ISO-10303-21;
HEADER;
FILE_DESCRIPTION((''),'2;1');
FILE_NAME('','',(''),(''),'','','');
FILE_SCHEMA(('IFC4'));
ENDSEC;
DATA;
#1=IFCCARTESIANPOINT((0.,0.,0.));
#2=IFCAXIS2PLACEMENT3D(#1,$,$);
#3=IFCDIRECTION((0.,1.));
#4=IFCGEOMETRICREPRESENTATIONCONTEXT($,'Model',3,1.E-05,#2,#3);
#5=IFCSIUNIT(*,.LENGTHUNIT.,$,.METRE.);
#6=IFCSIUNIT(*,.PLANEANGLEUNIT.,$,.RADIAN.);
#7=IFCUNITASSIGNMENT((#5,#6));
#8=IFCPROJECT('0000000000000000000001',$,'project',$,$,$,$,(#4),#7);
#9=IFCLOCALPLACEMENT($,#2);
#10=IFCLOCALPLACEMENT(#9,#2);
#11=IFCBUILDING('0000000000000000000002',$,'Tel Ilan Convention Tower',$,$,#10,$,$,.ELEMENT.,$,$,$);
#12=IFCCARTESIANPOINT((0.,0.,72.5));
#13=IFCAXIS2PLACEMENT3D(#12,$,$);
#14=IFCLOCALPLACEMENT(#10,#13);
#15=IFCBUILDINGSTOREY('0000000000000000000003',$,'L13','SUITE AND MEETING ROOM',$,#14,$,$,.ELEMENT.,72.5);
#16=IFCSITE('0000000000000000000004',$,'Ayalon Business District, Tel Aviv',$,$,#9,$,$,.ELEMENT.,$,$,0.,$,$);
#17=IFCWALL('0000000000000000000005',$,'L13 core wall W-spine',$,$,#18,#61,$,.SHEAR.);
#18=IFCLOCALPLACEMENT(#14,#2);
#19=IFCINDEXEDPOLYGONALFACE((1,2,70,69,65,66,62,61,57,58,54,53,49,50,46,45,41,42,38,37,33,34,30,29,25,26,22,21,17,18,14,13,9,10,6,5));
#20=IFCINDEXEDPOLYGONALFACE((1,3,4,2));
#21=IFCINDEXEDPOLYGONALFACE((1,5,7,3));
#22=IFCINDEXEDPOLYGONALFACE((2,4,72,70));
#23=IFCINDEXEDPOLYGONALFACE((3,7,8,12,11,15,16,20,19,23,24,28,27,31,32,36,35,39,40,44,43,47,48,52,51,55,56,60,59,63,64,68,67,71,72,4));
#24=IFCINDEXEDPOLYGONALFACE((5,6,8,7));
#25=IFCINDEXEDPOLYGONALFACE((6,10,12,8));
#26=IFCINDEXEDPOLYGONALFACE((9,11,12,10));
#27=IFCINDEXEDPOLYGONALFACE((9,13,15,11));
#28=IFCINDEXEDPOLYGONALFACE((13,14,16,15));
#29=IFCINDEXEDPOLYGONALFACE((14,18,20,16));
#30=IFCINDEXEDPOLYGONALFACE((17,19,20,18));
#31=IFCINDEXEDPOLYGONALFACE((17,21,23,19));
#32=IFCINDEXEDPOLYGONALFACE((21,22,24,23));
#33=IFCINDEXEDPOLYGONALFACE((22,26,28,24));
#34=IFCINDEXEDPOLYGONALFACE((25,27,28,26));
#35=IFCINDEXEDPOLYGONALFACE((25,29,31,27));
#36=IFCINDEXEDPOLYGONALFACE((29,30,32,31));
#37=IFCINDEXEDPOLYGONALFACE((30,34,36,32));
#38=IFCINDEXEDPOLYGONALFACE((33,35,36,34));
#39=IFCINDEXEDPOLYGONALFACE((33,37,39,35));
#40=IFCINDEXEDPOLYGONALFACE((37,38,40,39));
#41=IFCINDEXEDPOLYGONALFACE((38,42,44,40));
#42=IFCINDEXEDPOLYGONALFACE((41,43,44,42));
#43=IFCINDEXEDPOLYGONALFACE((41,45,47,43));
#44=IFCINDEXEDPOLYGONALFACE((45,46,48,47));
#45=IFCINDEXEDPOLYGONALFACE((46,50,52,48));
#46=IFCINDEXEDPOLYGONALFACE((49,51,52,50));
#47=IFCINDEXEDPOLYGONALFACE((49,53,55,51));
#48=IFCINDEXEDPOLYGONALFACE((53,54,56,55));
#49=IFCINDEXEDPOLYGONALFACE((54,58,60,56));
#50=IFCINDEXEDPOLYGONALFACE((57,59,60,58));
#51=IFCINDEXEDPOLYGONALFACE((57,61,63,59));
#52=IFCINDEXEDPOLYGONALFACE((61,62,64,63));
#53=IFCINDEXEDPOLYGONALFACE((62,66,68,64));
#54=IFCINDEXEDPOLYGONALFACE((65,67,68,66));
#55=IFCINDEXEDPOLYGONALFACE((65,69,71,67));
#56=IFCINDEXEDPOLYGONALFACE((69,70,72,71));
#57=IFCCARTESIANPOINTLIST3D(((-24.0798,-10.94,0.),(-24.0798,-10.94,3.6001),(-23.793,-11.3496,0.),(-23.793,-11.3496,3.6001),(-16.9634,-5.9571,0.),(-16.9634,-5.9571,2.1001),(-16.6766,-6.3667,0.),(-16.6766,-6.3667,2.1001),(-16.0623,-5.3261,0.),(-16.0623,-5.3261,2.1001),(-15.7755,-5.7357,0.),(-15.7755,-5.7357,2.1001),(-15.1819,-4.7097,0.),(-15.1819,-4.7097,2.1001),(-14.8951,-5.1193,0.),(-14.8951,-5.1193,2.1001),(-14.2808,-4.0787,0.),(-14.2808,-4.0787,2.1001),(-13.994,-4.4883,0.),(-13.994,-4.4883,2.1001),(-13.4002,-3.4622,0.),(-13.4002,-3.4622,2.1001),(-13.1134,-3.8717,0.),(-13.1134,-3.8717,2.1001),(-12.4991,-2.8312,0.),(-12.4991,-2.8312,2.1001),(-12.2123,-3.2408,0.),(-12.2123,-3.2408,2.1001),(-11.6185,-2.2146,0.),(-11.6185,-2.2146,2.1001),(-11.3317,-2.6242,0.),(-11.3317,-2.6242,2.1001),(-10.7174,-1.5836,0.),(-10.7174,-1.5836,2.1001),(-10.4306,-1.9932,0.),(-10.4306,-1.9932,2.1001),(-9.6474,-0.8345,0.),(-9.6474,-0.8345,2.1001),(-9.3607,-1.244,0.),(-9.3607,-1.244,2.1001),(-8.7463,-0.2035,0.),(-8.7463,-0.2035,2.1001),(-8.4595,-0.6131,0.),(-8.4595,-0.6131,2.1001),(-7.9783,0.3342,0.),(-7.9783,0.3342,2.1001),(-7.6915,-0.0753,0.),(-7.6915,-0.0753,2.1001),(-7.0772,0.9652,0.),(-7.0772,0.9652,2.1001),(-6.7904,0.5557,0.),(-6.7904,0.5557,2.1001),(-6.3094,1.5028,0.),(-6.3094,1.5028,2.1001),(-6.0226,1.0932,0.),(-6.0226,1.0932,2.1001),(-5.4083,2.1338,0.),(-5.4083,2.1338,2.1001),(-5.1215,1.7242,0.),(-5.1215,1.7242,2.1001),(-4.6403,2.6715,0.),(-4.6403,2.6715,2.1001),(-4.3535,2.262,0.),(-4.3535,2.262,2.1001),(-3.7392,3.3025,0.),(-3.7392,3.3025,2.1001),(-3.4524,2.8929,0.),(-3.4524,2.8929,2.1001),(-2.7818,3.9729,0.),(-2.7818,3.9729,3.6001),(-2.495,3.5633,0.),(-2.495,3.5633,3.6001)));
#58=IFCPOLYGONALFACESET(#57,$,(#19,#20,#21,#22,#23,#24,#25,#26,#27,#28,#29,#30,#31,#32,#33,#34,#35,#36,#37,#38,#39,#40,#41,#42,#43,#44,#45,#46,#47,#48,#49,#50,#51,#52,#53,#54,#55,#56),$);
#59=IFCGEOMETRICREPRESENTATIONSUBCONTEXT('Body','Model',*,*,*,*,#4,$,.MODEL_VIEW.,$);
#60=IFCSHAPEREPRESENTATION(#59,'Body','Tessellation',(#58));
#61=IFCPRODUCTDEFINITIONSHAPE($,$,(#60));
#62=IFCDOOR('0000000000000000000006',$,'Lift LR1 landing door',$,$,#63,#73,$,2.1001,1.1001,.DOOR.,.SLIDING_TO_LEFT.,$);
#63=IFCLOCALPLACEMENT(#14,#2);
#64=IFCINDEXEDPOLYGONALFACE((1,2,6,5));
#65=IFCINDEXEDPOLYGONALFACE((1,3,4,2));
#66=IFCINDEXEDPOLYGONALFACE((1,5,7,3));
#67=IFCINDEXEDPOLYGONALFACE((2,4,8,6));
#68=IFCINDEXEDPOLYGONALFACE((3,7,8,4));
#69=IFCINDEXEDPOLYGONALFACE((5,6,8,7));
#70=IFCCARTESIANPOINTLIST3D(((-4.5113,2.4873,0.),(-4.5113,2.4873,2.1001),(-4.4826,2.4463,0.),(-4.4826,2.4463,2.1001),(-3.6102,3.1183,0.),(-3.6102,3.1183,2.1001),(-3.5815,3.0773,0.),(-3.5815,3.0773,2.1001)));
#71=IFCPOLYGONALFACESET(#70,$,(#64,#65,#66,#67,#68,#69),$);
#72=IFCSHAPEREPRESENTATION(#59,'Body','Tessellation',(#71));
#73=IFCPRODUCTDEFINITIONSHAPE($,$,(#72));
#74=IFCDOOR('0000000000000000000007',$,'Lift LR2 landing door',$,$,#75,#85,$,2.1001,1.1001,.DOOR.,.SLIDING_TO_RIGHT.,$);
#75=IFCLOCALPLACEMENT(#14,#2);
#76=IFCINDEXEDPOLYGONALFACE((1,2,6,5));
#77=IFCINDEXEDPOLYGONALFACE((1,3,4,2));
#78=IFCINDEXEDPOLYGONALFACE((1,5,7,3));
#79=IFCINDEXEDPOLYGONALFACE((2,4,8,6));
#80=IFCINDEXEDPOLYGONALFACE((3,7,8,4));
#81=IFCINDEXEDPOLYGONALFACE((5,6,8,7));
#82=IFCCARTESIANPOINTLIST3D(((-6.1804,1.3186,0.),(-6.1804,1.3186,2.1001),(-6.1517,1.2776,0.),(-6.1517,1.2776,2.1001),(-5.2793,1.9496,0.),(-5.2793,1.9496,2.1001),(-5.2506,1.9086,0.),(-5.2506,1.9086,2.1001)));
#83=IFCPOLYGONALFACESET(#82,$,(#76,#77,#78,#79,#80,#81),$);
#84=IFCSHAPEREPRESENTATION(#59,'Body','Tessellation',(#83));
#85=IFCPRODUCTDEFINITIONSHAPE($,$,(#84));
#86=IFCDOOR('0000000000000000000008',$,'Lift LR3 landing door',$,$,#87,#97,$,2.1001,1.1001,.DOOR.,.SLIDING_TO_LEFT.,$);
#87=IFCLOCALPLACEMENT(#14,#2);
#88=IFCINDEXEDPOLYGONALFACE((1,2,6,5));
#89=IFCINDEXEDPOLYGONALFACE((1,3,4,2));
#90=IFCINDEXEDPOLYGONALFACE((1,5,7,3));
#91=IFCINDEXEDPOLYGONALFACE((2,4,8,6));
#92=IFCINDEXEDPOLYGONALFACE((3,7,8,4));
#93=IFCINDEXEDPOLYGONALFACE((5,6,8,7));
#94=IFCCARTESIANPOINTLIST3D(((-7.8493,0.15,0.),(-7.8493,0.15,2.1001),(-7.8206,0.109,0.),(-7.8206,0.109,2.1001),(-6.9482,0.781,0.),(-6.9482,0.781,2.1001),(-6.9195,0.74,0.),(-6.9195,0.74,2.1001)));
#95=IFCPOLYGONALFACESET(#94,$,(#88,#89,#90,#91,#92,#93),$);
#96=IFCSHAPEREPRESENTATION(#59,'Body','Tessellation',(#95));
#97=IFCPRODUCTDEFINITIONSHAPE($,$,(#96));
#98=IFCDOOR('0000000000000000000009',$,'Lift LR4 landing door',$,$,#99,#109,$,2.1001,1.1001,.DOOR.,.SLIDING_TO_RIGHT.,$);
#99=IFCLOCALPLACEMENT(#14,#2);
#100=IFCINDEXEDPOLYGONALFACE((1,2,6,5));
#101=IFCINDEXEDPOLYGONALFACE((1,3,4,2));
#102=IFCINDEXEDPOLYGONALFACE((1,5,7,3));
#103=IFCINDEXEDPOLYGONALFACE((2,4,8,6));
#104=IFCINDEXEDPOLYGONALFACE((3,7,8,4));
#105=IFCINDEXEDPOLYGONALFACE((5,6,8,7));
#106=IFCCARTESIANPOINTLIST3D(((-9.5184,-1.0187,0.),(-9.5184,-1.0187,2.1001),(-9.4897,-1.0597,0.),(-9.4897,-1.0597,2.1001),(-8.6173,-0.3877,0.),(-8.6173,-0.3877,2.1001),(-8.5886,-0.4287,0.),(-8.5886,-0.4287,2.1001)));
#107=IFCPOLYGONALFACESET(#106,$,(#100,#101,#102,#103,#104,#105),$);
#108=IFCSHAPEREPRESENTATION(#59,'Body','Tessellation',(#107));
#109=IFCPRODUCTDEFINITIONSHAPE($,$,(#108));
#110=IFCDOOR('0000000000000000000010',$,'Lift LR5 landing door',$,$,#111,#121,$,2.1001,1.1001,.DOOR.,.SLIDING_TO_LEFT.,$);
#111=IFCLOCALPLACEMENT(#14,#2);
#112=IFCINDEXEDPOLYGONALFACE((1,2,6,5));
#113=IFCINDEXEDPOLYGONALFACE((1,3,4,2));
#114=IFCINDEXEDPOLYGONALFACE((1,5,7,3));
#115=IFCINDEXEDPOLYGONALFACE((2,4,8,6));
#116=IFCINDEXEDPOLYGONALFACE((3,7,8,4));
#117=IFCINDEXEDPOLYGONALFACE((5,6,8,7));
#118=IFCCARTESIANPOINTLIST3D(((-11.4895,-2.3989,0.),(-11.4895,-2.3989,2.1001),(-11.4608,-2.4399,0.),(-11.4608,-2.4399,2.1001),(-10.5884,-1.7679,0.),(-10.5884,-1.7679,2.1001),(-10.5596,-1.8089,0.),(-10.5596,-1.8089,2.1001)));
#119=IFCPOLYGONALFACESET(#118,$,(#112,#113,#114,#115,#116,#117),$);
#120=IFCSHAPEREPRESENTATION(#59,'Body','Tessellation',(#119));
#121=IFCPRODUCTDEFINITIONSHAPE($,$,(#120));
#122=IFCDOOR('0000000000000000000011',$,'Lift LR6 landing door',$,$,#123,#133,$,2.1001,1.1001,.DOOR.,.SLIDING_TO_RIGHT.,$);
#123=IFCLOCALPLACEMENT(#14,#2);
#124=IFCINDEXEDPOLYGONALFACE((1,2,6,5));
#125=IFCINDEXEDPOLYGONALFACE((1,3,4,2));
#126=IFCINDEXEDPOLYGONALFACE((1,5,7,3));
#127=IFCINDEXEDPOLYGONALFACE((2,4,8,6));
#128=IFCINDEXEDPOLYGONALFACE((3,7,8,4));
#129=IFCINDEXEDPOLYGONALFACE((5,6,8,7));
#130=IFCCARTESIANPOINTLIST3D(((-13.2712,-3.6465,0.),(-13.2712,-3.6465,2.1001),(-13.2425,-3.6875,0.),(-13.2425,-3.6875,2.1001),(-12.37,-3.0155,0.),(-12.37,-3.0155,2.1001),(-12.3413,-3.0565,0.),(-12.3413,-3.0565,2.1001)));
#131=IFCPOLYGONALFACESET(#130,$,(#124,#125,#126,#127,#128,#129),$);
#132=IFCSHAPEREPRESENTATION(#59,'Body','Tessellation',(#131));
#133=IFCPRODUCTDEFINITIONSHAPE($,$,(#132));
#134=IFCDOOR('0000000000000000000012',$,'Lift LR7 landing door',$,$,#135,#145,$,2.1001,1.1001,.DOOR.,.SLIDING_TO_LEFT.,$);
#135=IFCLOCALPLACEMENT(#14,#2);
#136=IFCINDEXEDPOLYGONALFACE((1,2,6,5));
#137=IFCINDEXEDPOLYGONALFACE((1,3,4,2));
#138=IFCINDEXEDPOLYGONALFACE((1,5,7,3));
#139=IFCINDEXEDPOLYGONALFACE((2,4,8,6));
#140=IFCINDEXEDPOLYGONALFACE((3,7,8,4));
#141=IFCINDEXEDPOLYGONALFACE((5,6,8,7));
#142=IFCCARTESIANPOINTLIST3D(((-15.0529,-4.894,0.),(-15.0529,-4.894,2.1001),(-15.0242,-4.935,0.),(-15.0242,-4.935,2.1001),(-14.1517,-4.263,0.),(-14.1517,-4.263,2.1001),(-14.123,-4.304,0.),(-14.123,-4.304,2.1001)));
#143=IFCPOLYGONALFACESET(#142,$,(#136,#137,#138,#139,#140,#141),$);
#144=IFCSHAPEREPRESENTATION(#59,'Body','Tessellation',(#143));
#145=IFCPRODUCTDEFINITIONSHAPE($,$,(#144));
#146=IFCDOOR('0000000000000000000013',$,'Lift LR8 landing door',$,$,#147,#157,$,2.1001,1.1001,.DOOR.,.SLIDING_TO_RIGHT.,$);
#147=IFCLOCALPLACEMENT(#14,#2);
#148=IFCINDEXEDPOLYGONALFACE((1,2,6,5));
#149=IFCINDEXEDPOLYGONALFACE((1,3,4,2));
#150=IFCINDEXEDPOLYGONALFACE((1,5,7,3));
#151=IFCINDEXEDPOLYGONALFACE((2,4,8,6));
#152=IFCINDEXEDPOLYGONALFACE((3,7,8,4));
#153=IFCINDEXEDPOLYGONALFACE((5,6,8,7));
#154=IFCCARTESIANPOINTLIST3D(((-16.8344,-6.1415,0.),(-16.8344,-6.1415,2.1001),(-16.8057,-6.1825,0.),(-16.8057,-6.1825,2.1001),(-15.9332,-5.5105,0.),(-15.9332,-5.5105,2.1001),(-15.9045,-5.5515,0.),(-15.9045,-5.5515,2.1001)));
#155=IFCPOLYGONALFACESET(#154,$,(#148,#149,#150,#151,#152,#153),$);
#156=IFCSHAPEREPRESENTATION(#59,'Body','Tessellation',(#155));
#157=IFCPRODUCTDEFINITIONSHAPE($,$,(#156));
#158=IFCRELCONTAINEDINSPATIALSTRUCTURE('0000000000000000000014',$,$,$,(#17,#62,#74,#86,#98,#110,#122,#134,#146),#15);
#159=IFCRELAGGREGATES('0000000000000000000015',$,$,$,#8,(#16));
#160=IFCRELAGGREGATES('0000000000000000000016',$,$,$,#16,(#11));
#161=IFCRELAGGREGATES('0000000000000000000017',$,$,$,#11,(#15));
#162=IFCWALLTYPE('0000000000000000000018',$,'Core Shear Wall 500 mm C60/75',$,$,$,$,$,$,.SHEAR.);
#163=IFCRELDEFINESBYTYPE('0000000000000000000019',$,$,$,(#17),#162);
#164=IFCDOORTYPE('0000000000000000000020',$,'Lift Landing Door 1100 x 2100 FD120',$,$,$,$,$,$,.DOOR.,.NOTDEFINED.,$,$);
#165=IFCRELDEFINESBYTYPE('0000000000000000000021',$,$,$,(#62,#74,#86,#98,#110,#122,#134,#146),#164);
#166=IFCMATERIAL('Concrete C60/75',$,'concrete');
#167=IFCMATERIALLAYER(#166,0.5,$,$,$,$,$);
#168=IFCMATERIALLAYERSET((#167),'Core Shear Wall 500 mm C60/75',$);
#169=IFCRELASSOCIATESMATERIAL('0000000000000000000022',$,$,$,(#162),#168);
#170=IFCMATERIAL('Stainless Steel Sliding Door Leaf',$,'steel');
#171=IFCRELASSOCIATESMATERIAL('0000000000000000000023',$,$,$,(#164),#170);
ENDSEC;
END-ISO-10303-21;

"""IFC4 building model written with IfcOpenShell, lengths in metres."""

from ifc_helpers import new_model, si_unit, direction, frame, frame_2d, origin, place, context, subcontext, project, spatial, polyline, rectangle, outline, extrude, material, layer, layer_set, type_object, element, fill, save


model = new_model("IFC4")

# Units and contexts
model_context = context("Model", 3, precision=1e-05, world=origin(), true_north=direction((0.0, 1.0)))
body_context = subcontext(model_context, "Body", "Model", "MODEL_VIEW")
ifc_project = project(units=[si_unit("LENGTHUNIT", "METRE"), si_unit("PLANEANGLEUNIT", "RADIAN")], contexts=[model_context])

# Site, building, storey
site_placement = place(None, origin())
site = spatial("IfcSite", under=ifc_project, at=site_placement, Name="Ayalon Business District, Tel Aviv", CompositionType="ELEMENT", RefElevation=0.0)
building_placement = place(site_placement, origin())
building = spatial("IfcBuilding", under=site, at=building_placement, Name="Tel Ilan Convention Tower", CompositionType="ELEMENT")
storey_placement = place(building_placement, frame((0.0, 0.0, 72.5)))
storey = spatial("IfcBuildingStorey", under=building, at=storey_placement, Name="L13", Description="SUITE AND MEETING ROOM", CompositionType="ELEMENT", Elevation=72.5)

# Wall, openings, doors
ifc_material_1 = material(Name="Concrete C60/75", Category="concrete")
ifc_layer_1 = layer(ifc_material_1, 0.5)
ifc_layer_set_1 = layer_set([ifc_layer_1], Name="Core Shear Wall 500 mm C60/75")
wall_type_1 = type_object("IfcWallType", Name="Core Shear Wall 500 mm C60/75", PredefinedType="SHEAR", material=ifc_layer_set_1)
wall_1_placement = place(storey_placement, frame((-2.6384, 3.7681, 0.0), z_axis=(0.0, 0.0, 1.0), x_axis=(-0.819149, -0.573581, 0.0)))
wall_1 = element("IfcWall", 1, at=wall_1_placement, inside=storey, type_object=wall_type_1, Name="L13 core wall W-spine", PredefinedType="SHEAR", context=body_context, shape_type="SweptSolid", body=[
    extrude(outline(polyline([(26.0, 0.2498), (0.0, 0.25), (0.0, -0.25), (26.0, -0.2502), (26.0, 0.2498)])), origin(), (0.0, 0.0, 1.0), 3.6001),
])
opening_1_placement = place(wall_1_placement, frame((1.1687, 0.0, 0.0)))
opening_1 = element("IfcOpeningElement", 2, at=opening_1_placement, cuts=wall_1, PredefinedType="OPENING", context=body_context, shape_type="SweptSolid", body=[
    extrude(rectangle(XDim=1.1001, YDim=2.1001, at=frame_2d((0.55, 1.05))), frame((0.0, 0.26, 0.0), z_axis=(0.0, -1.0, 0.0), x_axis=(1.0, 0.0, 0.0)), (0.0, 0.0, 1.0), 0.52),
])
opening_2_placement = place(wall_1_placement, frame((3.2063, 0.0, 0.0)))
opening_2 = element("IfcOpeningElement", 3, at=opening_2_placement, cuts=wall_1, PredefinedType="OPENING", context=body_context, shape_type="SweptSolid", body=[
    extrude(rectangle(XDim=1.1001, YDim=2.1001, at=frame_2d((0.55, 1.05))), frame((0.0, 0.26, 0.0), z_axis=(0.0, -1.0, 0.0), x_axis=(1.0, 0.0, 0.0)), (0.0, 0.0, 1.0), 0.52),
])
opening_3_placement = place(wall_1_placement, frame((5.2437, 0.0, 0.0)))
opening_3 = element("IfcOpeningElement", 4, at=opening_3_placement, cuts=wall_1, PredefinedType="OPENING", context=body_context, shape_type="SweptSolid", body=[
    extrude(rectangle(XDim=1.1001, YDim=2.1001, at=frame_2d((0.55, 1.05))), frame((0.0, 0.26, 0.0), z_axis=(0.0, -1.0, 0.0), x_axis=(1.0, 0.0, 0.0)), (0.0, 0.0, 1.0), 0.52),
])
opening_4_placement = place(wall_1_placement, frame((7.2812, 0.0, 0.0)))
opening_4 = element("IfcOpeningElement", 5, at=opening_4_placement, cuts=wall_1, PredefinedType="OPENING", context=body_context, shape_type="SweptSolid", body=[
    extrude(rectangle(XDim=1.1001, YDim=2.1001, at=frame_2d((0.55, 1.05))), frame((0.0, 0.26, 0.0), z_axis=(0.0, -1.0, 0.0), x_axis=(1.0, 0.0, 0.0)), (0.0, 0.0, 1.0), 0.52),
])
opening_5_placement = place(wall_1_placement, frame((9.6875, 0.0, 0.0)))
opening_5 = element("IfcOpeningElement", 6, at=opening_5_placement, cuts=wall_1, PredefinedType="OPENING", context=body_context, shape_type="SweptSolid", body=[
    extrude(rectangle(XDim=1.1001, YDim=2.1001, at=frame_2d((0.55, 1.05))), frame((0.0, 0.26, 0.0), z_axis=(0.0, -1.0, 0.0), x_axis=(1.0, 0.0, 0.0)), (0.0, 0.0, 1.0), 0.52),
])
opening_6_placement = place(wall_1_placement, frame((11.8625, 0.0, 0.0)))
opening_6 = element("IfcOpeningElement", 7, at=opening_6_placement, cuts=wall_1, PredefinedType="OPENING", context=body_context, shape_type="SweptSolid", body=[
    extrude(rectangle(XDim=1.1001, YDim=2.1001, at=frame_2d((0.55, 1.05))), frame((0.0, 0.26, 0.0), z_axis=(0.0, -1.0, 0.0), x_axis=(1.0, 0.0, 0.0)), (0.0, 0.0, 1.0), 0.52),
])
opening_7_placement = place(wall_1_placement, frame((14.0376, 0.0, 0.0)))
opening_7 = element("IfcOpeningElement", 8, at=opening_7_placement, cuts=wall_1, PredefinedType="OPENING", context=body_context, shape_type="SweptSolid", body=[
    extrude(rectangle(XDim=1.1001, YDim=2.1001, at=frame_2d((0.55, 1.05))), frame((0.0, 0.26, 0.0), z_axis=(0.0, -1.0, 0.0), x_axis=(1.0, 0.0, 0.0)), (0.0, 0.0, 1.0), 0.52),
])
opening_8_placement = place(wall_1_placement, frame((16.2124, 0.0, 0.0)))
opening_8 = element("IfcOpeningElement", 9, at=opening_8_placement, cuts=wall_1, PredefinedType="OPENING", context=body_context, shape_type="SweptSolid", body=[
    extrude(rectangle(XDim=1.1001, YDim=2.1001, at=frame_2d((0.55, 1.05))), frame((0.0, 0.26, 0.0), z_axis=(0.0, -1.0, 0.0), x_axis=(1.0, 0.0, 0.0)), (0.0, 0.0, 1.0), 0.52),
])
ifc_material_2 = material(Name="Stainless Steel Sliding Door Leaf", Category="steel")
door_type = type_object("IfcDoorType", Name="Lift Landing Door 1100 x 2100 FD120", OperationType="NOTDEFINED", PredefinedType="DOOR", material=ifc_material_2)
door_1_placement = place(opening_1_placement, origin())
door_1 = element("IfcDoor", 10, at=door_1_placement, inside=storey, type_object=door_type, Name="Lift LR1 landing door", OperationType="SLIDING_TO_LEFT", OverallHeight=2.1001, OverallWidth=1.1001, PredefinedType="DOOR", context=body_context, shape_type="SweptSolid", body=[
    extrude(rectangle(XDim=1.1001, YDim=2.1001, at=frame_2d((0.55, 1.05))), frame((0.0, 0.0249, 0.0), z_axis=(0.0, -1.0, 0.0), x_axis=(1.0, 0.0, 0.0)), (0.0, 0.0, 1.0), 0.05),
])
fill(opening_1, door_1)
door_2_placement = place(opening_2_placement, origin())
door_2 = element("IfcDoor", 11, at=door_2_placement, inside=storey, type_object=door_type, Name="Lift LR2 landing door", OperationType="SLIDING_TO_RIGHT", OverallHeight=2.1001, OverallWidth=1.1001, PredefinedType="DOOR", context=body_context, shape_type="SweptSolid", body=[
    extrude(rectangle(XDim=1.1001, YDim=2.1001, at=frame_2d((0.55, 1.05))), frame((0.0, 0.0249, 0.0), z_axis=(0.0, -1.0, 0.0), x_axis=(1.0, 0.0, 0.0)), (0.0, 0.0, 1.0), 0.05),
])
fill(opening_2, door_2)
door_3_placement = place(opening_3_placement, origin())
door_3 = element("IfcDoor", 12, at=door_3_placement, inside=storey, type_object=door_type, Name="Lift LR3 landing door", OperationType="SLIDING_TO_LEFT", OverallHeight=2.1001, OverallWidth=1.1001, PredefinedType="DOOR", context=body_context, shape_type="SweptSolid", body=[
    extrude(rectangle(XDim=1.1001, YDim=2.1001, at=frame_2d((0.55, 1.05))), frame((0.0, 0.0249, 0.0), z_axis=(0.0, -1.0, 0.0), x_axis=(1.0, 0.0, 0.0)), (0.0, 0.0, 1.0), 0.05),
])
fill(opening_3, door_3)
door_4_placement = place(opening_4_placement, origin())
door_4 = element("IfcDoor", 13, at=door_4_placement, inside=storey, type_object=door_type, Name="Lift LR4 landing door", OperationType="SLIDING_TO_RIGHT", OverallHeight=2.1001, OverallWidth=1.1001, PredefinedType="DOOR", context=body_context, shape_type="SweptSolid", body=[
    extrude(rectangle(XDim=1.1001, YDim=2.1001, at=frame_2d((0.55, 1.05))), frame((0.0, 0.0249, 0.0), z_axis=(0.0, -1.0, 0.0), x_axis=(1.0, 0.0, 0.0)), (0.0, 0.0, 1.0), 0.05),
])
fill(opening_4, door_4)
door_5_placement = place(opening_5_placement, origin())
door_5 = element("IfcDoor", 14, at=door_5_placement, inside=storey, type_object=door_type, Name="Lift LR5 landing door", OperationType="SLIDING_TO_LEFT", OverallHeight=2.1001, OverallWidth=1.1001, PredefinedType="DOOR", context=body_context, shape_type="SweptSolid", body=[
    extrude(rectangle(XDim=1.1001, YDim=2.1001, at=frame_2d((0.55, 1.05))), frame((0.0, 0.0249, 0.0), z_axis=(0.0, -1.0, 0.0), x_axis=(1.0, 0.0, 0.0)), (0.0, 0.0, 1.0), 0.05),
])
fill(opening_5, door_5)
door_6_placement = place(opening_6_placement, origin())
door_6 = element("IfcDoor", 15, at=door_6_placement, inside=storey, type_object=door_type, Name="Lift LR6 landing door", OperationType="SLIDING_TO_RIGHT", OverallHeight=2.1001, OverallWidth=1.1001, PredefinedType="DOOR", context=body_context, shape_type="SweptSolid", body=[
    extrude(rectangle(XDim=1.1001, YDim=2.1001, at=frame_2d((0.55, 1.05))), frame((0.0, 0.0249, 0.0), z_axis=(0.0, -1.0, 0.0), x_axis=(1.0, 0.0, 0.0)), (0.0, 0.0, 1.0), 0.05),
])
fill(opening_6, door_6)
door_7_placement = place(opening_7_placement, origin())
door_7 = element("IfcDoor", 16, at=door_7_placement, inside=storey, type_object=door_type, Name="Lift LR7 landing door", OperationType="SLIDING_TO_LEFT", OverallHeight=2.1001, OverallWidth=1.1001, PredefinedType="DOOR", context=body_context, shape_type="SweptSolid", body=[
    extrude(rectangle(XDim=1.1001, YDim=2.1001, at=frame_2d((0.55, 1.05))), frame((0.0, 0.0249, 0.0), z_axis=(0.0, -1.0, 0.0), x_axis=(1.0, 0.0, 0.0)), (0.0, 0.0, 1.0), 0.05),
])
fill(opening_7, door_7)
door_8_placement = place(opening_8_placement, origin())
door_8 = element("IfcDoor", 17, at=door_8_placement, inside=storey, type_object=door_type, Name="Lift LR8 landing door", OperationType="SLIDING_TO_RIGHT", OverallHeight=2.1001, OverallWidth=1.1001, PredefinedType="DOOR", context=body_context, shape_type="SweptSolid", body=[
    extrude(rectangle(XDim=1.1001, YDim=2.1001, at=frame_2d((0.55, 1.05))), frame((0.0, 0.0249, 0.0), z_axis=(0.0, -1.0, 0.0), x_axis=(1.0, 0.0, 0.0)), (0.0, 0.0, 1.0), 0.05),
])
fill(opening_8, door_8)

save(model, "model.ifc")
